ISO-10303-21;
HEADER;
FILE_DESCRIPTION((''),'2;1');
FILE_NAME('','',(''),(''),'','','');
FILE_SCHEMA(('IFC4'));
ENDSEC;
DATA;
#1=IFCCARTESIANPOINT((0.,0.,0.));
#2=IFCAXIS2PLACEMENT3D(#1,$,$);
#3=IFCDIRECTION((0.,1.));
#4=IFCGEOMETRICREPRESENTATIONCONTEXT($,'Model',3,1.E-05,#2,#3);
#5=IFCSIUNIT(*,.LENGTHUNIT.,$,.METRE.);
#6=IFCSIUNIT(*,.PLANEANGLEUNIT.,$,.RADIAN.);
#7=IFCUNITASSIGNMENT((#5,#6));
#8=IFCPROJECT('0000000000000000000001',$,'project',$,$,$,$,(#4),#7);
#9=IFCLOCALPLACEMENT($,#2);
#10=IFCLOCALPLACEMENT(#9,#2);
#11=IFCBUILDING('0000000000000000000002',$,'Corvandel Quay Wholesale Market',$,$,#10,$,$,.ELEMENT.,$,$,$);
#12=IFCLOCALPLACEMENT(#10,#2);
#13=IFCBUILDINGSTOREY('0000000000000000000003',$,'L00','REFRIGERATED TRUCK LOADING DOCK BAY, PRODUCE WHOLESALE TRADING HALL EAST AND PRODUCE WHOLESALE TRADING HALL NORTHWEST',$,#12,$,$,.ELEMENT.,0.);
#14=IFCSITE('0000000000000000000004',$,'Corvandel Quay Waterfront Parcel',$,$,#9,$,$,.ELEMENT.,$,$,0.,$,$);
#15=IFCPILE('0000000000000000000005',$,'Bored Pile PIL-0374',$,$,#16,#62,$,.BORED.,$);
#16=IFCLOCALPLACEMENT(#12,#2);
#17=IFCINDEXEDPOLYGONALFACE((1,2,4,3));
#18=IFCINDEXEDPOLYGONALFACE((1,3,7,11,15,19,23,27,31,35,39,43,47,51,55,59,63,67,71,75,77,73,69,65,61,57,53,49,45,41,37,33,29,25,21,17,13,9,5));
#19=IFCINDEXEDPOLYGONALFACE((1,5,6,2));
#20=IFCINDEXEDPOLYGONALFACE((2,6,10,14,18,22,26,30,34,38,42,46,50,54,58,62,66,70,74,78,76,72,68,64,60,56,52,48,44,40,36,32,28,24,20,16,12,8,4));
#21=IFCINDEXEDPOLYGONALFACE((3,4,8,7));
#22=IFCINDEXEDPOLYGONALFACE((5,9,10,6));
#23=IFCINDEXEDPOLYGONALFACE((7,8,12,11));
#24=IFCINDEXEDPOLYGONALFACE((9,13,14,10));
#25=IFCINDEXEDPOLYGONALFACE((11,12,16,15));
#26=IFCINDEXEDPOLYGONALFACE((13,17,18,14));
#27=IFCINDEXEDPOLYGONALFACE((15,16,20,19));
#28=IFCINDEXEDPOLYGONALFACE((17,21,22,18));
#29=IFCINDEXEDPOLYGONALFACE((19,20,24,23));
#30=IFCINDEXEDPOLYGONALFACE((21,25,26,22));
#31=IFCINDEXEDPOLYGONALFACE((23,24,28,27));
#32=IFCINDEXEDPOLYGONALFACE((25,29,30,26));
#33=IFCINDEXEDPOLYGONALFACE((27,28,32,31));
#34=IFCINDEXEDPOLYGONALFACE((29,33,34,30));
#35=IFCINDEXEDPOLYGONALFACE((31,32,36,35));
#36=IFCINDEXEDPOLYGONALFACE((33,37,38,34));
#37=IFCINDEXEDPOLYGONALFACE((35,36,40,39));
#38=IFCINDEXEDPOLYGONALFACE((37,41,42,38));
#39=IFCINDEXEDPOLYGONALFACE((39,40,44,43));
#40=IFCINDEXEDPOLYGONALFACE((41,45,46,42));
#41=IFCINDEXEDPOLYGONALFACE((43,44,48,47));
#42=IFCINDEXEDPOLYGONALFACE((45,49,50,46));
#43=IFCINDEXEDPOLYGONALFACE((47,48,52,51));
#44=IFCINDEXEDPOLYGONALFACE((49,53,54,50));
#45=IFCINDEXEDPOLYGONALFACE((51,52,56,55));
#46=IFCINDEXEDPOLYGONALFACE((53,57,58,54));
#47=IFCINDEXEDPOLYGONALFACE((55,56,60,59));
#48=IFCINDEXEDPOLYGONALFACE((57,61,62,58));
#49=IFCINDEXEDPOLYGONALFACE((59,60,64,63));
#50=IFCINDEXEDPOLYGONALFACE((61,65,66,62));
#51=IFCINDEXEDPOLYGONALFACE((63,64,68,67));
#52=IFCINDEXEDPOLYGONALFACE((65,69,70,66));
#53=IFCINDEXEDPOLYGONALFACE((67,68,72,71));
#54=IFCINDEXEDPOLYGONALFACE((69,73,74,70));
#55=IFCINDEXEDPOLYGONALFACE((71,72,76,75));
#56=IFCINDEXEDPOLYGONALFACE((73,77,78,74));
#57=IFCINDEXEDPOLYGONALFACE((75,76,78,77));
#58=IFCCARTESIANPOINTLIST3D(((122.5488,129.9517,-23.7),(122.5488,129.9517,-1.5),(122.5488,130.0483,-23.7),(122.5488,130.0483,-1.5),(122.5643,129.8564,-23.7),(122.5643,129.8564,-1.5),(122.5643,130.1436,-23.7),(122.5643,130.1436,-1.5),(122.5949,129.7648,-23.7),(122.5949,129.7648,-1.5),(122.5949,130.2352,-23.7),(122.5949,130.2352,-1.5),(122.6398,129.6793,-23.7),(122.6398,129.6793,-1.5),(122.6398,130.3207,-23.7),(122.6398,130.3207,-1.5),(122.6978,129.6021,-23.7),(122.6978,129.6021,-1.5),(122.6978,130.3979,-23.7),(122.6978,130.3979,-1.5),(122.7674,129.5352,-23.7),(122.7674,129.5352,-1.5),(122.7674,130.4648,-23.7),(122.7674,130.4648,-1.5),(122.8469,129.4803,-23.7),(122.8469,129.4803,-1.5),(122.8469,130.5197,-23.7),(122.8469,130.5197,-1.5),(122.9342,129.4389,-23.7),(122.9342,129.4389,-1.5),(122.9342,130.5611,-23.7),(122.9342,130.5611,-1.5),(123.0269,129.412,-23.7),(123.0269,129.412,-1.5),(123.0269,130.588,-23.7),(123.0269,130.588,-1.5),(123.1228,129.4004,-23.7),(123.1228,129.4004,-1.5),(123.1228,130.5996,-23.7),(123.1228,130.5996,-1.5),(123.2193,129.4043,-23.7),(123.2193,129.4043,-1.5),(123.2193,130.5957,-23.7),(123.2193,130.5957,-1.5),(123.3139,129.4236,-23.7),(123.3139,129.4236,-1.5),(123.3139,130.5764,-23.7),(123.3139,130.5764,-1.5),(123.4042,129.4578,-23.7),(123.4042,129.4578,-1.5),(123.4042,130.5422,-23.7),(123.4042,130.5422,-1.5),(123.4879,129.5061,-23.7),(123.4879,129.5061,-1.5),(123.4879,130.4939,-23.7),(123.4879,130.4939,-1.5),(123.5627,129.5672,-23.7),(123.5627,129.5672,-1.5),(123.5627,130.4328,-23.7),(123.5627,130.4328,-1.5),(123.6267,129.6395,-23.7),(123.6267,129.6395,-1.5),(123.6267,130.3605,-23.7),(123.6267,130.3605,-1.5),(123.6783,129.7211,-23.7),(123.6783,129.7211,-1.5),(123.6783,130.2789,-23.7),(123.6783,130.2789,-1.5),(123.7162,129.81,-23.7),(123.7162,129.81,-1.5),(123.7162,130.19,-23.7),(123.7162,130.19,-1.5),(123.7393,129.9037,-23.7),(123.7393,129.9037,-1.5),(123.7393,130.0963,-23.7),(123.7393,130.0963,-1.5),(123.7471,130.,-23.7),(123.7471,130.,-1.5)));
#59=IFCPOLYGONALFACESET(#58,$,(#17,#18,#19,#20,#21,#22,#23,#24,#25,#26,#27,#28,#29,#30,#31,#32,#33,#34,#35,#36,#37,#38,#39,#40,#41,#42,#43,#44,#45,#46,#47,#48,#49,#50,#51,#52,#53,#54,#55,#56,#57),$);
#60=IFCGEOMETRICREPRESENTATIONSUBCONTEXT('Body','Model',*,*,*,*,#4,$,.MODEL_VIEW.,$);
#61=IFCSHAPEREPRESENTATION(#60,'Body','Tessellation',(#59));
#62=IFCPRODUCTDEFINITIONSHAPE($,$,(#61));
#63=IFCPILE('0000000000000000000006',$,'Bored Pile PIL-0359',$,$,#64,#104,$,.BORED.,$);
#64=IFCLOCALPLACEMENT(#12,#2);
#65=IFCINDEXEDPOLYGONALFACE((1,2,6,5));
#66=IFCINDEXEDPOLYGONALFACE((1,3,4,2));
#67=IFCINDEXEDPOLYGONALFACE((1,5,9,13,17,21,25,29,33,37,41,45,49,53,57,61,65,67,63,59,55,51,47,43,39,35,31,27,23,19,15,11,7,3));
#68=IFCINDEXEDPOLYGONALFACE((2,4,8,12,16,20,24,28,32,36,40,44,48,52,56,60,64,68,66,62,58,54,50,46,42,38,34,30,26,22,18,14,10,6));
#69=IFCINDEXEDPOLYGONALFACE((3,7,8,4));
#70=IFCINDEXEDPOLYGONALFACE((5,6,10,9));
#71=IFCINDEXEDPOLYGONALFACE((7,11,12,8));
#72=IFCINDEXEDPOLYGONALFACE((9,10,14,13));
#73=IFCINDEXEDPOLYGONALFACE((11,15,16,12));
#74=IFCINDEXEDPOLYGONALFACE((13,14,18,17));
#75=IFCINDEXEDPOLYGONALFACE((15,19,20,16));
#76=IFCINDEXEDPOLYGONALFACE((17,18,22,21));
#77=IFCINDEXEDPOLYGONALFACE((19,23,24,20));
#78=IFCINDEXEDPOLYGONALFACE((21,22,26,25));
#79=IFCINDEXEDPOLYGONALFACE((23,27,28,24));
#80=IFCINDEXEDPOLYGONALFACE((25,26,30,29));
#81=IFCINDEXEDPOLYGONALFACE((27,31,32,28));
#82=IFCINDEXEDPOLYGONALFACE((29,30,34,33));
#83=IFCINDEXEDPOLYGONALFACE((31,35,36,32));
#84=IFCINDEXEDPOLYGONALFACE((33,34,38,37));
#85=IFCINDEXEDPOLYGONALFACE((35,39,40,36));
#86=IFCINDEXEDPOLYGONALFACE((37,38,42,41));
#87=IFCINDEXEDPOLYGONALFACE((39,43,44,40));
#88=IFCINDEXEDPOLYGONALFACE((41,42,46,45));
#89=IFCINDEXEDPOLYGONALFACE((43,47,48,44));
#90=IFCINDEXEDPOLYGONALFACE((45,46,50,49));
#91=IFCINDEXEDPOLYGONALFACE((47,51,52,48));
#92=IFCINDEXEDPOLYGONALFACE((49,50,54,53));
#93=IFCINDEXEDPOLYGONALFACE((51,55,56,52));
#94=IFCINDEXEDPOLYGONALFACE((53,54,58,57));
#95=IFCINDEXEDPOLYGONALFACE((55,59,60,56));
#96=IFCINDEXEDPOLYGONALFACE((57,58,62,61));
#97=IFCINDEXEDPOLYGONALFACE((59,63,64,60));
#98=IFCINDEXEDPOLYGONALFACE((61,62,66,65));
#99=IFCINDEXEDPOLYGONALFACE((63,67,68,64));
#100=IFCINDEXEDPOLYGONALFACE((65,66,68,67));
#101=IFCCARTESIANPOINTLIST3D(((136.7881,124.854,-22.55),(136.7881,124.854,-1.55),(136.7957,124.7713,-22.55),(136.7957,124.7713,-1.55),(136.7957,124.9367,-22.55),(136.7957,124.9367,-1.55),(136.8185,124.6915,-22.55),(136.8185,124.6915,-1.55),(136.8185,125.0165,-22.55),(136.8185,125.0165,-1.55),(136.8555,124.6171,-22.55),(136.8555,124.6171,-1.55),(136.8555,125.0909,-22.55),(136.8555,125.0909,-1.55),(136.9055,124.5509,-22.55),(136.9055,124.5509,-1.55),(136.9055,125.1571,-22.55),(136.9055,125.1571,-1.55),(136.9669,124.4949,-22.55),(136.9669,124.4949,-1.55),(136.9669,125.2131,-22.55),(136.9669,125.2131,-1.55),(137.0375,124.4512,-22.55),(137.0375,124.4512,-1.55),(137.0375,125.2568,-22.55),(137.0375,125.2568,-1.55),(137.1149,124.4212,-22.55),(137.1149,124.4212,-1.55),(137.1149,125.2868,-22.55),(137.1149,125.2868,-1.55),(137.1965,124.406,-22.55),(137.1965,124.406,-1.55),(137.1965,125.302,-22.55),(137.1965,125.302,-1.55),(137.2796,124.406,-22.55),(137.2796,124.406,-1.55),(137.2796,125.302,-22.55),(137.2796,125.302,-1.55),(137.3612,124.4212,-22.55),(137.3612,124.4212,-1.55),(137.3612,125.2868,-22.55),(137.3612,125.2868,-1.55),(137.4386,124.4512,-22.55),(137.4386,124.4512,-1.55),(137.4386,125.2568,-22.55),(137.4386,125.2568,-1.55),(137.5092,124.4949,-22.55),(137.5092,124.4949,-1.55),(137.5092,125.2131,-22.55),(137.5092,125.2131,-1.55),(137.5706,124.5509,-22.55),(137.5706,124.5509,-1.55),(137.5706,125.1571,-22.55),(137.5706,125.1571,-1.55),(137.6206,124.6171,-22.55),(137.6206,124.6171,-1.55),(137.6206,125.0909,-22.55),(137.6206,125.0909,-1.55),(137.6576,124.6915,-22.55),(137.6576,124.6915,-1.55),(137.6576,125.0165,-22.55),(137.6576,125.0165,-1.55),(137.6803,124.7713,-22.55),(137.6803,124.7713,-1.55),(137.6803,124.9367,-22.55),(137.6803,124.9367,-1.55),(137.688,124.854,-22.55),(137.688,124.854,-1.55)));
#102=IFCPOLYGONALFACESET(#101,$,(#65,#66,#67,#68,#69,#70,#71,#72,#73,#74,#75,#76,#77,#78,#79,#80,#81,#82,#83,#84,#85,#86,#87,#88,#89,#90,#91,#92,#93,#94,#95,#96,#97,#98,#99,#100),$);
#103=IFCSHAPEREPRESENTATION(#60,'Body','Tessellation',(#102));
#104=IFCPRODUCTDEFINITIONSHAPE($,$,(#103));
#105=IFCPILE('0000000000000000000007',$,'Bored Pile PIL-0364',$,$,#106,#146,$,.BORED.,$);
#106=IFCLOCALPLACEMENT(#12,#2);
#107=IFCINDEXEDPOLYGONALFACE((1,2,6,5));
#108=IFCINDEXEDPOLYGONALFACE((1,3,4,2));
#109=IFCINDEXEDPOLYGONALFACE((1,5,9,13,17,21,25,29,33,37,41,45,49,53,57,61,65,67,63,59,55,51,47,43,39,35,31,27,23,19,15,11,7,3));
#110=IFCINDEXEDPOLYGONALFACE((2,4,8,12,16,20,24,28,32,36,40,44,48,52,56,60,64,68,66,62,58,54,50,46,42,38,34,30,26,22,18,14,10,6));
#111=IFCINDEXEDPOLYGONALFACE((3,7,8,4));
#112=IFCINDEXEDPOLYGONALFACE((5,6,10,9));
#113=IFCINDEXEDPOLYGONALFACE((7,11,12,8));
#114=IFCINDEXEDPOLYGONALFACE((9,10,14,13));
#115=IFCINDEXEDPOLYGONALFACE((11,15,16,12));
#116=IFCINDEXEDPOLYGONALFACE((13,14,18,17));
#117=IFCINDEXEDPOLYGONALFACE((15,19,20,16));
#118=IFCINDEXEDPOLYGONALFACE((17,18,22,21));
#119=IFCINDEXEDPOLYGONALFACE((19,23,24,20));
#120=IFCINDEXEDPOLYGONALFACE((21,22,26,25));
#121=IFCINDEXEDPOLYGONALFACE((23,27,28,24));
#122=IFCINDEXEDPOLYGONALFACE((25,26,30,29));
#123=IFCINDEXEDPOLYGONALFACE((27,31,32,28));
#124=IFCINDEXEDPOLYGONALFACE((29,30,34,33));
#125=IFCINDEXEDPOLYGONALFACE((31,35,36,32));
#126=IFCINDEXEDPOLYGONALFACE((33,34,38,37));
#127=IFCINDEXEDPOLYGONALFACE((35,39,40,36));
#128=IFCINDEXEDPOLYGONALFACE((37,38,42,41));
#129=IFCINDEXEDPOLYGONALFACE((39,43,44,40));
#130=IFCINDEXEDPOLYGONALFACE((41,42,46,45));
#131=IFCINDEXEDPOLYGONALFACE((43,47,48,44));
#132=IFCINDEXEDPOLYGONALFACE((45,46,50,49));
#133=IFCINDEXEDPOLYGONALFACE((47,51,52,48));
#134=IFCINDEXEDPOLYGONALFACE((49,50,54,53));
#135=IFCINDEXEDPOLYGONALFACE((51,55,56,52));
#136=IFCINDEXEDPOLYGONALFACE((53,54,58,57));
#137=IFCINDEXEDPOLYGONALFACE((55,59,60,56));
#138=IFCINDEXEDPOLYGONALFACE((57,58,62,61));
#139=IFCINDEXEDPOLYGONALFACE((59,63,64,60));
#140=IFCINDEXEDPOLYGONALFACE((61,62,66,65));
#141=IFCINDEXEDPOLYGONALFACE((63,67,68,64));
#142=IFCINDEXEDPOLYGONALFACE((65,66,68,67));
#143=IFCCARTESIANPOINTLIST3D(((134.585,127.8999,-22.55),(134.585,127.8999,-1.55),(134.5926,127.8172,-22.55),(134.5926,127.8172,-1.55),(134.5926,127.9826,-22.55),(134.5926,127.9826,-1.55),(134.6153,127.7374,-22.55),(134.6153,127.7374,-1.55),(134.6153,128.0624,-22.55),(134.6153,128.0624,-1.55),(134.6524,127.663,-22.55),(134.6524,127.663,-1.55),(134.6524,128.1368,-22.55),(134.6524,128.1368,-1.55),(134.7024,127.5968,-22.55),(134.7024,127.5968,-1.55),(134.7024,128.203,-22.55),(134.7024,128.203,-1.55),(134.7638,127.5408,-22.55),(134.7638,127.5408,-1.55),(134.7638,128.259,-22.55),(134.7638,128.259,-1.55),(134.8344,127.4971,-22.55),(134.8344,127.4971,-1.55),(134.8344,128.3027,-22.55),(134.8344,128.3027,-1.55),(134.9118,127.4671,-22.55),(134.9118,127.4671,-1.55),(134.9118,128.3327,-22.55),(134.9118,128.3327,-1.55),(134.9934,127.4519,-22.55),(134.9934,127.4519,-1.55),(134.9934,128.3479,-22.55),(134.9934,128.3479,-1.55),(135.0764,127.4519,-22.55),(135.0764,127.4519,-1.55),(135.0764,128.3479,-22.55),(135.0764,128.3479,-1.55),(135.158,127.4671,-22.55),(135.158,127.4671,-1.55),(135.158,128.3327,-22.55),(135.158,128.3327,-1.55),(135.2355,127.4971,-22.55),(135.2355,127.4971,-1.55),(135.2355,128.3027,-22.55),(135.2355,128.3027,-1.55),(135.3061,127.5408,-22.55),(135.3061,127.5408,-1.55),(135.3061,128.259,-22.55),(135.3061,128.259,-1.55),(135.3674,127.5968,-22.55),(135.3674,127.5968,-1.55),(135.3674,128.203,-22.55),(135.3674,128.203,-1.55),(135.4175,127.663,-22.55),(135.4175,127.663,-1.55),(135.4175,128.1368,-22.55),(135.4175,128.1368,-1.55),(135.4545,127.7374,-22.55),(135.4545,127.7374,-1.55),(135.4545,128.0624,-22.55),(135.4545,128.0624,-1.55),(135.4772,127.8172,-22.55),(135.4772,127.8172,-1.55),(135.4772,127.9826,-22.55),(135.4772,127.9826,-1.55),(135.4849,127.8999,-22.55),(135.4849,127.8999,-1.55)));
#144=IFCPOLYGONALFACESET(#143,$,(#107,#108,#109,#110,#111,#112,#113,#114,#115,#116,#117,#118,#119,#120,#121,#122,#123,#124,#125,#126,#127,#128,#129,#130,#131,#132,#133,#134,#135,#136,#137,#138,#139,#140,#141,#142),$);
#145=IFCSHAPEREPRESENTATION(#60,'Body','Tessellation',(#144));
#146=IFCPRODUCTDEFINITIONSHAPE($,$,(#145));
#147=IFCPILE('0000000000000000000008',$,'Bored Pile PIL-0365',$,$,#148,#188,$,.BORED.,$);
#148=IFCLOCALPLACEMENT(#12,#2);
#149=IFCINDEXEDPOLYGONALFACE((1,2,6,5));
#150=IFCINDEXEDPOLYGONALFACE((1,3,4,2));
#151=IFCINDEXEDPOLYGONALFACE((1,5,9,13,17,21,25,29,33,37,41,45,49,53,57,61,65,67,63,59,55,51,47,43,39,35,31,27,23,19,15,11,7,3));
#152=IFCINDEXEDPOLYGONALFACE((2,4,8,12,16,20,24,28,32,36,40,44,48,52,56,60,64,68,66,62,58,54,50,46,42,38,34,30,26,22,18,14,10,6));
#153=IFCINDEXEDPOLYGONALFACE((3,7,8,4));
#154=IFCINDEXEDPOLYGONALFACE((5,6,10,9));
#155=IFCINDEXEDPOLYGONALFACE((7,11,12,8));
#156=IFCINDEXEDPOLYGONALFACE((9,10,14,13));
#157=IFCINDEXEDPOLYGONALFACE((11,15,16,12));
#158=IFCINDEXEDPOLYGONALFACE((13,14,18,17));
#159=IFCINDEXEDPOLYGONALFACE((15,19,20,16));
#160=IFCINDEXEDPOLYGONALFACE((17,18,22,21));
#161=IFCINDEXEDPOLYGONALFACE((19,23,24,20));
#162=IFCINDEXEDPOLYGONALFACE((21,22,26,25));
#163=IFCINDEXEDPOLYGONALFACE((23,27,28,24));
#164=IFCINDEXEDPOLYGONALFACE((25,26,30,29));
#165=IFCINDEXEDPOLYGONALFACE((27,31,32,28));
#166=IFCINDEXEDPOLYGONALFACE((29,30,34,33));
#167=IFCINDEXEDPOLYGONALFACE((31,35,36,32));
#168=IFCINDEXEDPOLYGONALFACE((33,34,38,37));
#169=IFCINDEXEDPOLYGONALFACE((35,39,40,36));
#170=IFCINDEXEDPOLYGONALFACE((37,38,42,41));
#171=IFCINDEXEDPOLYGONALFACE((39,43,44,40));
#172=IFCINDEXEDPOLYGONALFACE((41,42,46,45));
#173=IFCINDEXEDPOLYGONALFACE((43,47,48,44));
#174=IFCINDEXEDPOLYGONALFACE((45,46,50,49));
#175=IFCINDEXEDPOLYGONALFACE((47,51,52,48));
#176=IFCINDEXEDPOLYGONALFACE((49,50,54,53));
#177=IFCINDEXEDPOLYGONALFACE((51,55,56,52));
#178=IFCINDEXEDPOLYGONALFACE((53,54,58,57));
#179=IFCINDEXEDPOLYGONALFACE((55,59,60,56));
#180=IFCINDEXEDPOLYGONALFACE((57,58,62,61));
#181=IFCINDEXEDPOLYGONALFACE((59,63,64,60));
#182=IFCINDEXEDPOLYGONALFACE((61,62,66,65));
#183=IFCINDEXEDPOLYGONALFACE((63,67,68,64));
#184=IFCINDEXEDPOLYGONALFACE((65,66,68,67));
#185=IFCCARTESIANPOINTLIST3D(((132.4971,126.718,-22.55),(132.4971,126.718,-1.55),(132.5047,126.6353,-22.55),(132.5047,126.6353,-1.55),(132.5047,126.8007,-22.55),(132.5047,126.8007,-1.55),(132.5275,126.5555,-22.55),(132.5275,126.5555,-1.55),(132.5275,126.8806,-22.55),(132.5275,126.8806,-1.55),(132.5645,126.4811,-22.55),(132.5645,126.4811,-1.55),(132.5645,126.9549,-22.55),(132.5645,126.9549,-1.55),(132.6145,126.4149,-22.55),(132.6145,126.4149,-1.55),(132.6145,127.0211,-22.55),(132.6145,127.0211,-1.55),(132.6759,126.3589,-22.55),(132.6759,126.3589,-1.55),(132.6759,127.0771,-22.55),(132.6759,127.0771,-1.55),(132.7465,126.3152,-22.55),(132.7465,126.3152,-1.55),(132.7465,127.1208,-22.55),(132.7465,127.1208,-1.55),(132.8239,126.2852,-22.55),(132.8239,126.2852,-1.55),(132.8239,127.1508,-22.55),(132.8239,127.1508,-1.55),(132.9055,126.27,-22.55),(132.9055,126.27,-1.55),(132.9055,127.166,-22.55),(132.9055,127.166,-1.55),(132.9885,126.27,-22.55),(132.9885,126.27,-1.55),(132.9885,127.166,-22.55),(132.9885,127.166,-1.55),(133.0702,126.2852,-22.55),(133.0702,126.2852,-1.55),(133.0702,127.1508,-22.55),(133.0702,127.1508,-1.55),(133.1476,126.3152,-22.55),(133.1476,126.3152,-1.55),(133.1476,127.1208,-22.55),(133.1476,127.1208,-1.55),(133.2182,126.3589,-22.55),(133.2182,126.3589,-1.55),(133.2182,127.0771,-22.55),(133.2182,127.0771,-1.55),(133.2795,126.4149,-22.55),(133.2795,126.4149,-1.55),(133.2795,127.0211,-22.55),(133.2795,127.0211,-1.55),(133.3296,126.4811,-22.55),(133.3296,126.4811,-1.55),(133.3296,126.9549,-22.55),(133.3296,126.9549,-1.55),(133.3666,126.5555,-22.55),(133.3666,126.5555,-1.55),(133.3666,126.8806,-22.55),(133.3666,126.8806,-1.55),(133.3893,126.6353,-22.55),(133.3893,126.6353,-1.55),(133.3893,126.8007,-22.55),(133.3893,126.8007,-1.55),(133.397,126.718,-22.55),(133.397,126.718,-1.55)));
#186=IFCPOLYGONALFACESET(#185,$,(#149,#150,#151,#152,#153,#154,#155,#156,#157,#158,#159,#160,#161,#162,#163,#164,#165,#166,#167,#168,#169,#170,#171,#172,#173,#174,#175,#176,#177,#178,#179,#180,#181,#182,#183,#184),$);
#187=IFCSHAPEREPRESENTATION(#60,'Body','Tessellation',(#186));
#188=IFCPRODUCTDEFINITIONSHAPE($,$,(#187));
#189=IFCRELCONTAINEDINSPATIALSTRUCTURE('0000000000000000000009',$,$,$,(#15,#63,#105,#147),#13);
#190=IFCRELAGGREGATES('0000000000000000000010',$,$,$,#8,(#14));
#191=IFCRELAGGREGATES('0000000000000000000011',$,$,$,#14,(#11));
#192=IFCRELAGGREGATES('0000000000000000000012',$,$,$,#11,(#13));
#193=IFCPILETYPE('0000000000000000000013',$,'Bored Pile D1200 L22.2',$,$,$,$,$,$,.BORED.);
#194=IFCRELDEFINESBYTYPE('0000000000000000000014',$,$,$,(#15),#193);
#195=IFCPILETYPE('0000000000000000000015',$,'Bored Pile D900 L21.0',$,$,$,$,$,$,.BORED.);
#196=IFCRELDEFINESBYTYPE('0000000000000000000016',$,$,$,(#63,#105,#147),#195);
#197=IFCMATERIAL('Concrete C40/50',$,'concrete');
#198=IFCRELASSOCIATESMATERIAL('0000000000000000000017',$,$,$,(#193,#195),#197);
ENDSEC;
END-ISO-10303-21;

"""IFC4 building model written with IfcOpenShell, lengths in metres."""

from ifc_helpers import new_model, si_unit, direction, frame, origin, origin_2d, place, context, subcontext, project, spatial, circle, extrude, material, material_profile, profile_set, type_object, element, save


model = new_model("IFC4")

# Units and contexts
model_context = context("Model", 3, precision=1e-05, world=origin(), true_north=direction((0.0, 1.0)))
body_context = subcontext(model_context, "Body", "Model", "MODEL_VIEW")
ifc_project = project(units=[si_unit("LENGTHUNIT", "METRE"), si_unit("PLANEANGLEUNIT", "RADIAN")], contexts=[model_context])

# Site, building, storey
site_placement = place(None, origin())
site = spatial("IfcSite", under=ifc_project, at=site_placement, Name="Corvandel Quay Waterfront Parcel", CompositionType="ELEMENT", RefElevation=0.0)
building_placement = place(site_placement, origin())
building = spatial("IfcBuilding", under=site, at=building_placement, Name="Corvandel Quay Wholesale Market", CompositionType="ELEMENT")
storey_placement = place(building_placement, origin())
storey = spatial("IfcBuildingStorey", under=building, at=storey_placement, Name="L00", Description="REFRIGERATED TRUCK LOADING DOCK BAY, PRODUCE WHOLESALE TRADING HALL EAST AND PRODUCE WHOLESALE TRADING HALL NORTHWEST", CompositionType="ELEMENT", Elevation=0.0)

# Piles
ifc_material_1 = material(Name="Concrete C40/50", Category="concrete")
ifc_material_profile_1 = material_profile(ifc_material_1, circle(Radius=0.6001, at=origin_2d()), Name="RC-PILE-D1200")
ifc_profile_set_1 = profile_set([ifc_material_profile_1], Name="Concrete C40/50")
pile_type_1 = type_object("IfcPileType", Name="Bored Pile D1200 L22.2", PredefinedType="BORED", material=ifc_profile_set_1)
pile_placement = place(storey_placement, frame((123.147, 130.0, -1.5), z_axis=(0.0, 0.0, -1.0), x_axis=(1.0, 0.0, 0.0)))
element("IfcPile", 1, at=pile_placement, inside=storey, type_object=pile_type_1, Name="Bored Pile PIL-0374", PredefinedType="BORED", context=body_context, shape_type="SweptSolid", body=[
    extrude(circle(Radius=0.6001, at=origin_2d()), origin(), (0.0, 0.0, 1.0), 22.2),
])
ifc_material_profile_2 = material_profile(ifc_material_1, circle(Radius=0.45, at=origin_2d()), Name="RC-PILE-D900")
ifc_profile_set_2 = profile_set([ifc_material_profile_2], Name="Concrete C40/50")
pile_type_2 = type_object("IfcPileType", Name="Bored Pile D900 L21.0", PredefinedType="BORED", material=ifc_profile_set_2)
for number, where, z_axis, x_axis, name in (
    (2, (137.238, 124.854, -1.55), (0.0, 0.0, -1.0), (1.0, 0.0, 0.0), "Bored Pile PIL-0359"),
    (3, (135.0349, 127.8999, -1.55), (0.0, 0.0, -1.0), (1.0, 0.0, 0.0), "Bored Pile PIL-0364"),
    (4, (132.947, 126.718, -1.55), (0.0, 0.0, -1.0), (1.0, 0.0, 0.0), "Bored Pile PIL-0365"),
):
    element("IfcPile", number, at=place(storey_placement, frame(where, z_axis=z_axis, x_axis=x_axis)), inside=storey, type_object=pile_type_2, Name=name, PredefinedType="BORED", context=body_context, shape_type="SweptSolid", body=[
        extrude(circle(Radius=0.45, at=origin_2d()), origin(), (0.0, 0.0, 1.0), 21.0),
    ])

save(model, "model.ifc")
